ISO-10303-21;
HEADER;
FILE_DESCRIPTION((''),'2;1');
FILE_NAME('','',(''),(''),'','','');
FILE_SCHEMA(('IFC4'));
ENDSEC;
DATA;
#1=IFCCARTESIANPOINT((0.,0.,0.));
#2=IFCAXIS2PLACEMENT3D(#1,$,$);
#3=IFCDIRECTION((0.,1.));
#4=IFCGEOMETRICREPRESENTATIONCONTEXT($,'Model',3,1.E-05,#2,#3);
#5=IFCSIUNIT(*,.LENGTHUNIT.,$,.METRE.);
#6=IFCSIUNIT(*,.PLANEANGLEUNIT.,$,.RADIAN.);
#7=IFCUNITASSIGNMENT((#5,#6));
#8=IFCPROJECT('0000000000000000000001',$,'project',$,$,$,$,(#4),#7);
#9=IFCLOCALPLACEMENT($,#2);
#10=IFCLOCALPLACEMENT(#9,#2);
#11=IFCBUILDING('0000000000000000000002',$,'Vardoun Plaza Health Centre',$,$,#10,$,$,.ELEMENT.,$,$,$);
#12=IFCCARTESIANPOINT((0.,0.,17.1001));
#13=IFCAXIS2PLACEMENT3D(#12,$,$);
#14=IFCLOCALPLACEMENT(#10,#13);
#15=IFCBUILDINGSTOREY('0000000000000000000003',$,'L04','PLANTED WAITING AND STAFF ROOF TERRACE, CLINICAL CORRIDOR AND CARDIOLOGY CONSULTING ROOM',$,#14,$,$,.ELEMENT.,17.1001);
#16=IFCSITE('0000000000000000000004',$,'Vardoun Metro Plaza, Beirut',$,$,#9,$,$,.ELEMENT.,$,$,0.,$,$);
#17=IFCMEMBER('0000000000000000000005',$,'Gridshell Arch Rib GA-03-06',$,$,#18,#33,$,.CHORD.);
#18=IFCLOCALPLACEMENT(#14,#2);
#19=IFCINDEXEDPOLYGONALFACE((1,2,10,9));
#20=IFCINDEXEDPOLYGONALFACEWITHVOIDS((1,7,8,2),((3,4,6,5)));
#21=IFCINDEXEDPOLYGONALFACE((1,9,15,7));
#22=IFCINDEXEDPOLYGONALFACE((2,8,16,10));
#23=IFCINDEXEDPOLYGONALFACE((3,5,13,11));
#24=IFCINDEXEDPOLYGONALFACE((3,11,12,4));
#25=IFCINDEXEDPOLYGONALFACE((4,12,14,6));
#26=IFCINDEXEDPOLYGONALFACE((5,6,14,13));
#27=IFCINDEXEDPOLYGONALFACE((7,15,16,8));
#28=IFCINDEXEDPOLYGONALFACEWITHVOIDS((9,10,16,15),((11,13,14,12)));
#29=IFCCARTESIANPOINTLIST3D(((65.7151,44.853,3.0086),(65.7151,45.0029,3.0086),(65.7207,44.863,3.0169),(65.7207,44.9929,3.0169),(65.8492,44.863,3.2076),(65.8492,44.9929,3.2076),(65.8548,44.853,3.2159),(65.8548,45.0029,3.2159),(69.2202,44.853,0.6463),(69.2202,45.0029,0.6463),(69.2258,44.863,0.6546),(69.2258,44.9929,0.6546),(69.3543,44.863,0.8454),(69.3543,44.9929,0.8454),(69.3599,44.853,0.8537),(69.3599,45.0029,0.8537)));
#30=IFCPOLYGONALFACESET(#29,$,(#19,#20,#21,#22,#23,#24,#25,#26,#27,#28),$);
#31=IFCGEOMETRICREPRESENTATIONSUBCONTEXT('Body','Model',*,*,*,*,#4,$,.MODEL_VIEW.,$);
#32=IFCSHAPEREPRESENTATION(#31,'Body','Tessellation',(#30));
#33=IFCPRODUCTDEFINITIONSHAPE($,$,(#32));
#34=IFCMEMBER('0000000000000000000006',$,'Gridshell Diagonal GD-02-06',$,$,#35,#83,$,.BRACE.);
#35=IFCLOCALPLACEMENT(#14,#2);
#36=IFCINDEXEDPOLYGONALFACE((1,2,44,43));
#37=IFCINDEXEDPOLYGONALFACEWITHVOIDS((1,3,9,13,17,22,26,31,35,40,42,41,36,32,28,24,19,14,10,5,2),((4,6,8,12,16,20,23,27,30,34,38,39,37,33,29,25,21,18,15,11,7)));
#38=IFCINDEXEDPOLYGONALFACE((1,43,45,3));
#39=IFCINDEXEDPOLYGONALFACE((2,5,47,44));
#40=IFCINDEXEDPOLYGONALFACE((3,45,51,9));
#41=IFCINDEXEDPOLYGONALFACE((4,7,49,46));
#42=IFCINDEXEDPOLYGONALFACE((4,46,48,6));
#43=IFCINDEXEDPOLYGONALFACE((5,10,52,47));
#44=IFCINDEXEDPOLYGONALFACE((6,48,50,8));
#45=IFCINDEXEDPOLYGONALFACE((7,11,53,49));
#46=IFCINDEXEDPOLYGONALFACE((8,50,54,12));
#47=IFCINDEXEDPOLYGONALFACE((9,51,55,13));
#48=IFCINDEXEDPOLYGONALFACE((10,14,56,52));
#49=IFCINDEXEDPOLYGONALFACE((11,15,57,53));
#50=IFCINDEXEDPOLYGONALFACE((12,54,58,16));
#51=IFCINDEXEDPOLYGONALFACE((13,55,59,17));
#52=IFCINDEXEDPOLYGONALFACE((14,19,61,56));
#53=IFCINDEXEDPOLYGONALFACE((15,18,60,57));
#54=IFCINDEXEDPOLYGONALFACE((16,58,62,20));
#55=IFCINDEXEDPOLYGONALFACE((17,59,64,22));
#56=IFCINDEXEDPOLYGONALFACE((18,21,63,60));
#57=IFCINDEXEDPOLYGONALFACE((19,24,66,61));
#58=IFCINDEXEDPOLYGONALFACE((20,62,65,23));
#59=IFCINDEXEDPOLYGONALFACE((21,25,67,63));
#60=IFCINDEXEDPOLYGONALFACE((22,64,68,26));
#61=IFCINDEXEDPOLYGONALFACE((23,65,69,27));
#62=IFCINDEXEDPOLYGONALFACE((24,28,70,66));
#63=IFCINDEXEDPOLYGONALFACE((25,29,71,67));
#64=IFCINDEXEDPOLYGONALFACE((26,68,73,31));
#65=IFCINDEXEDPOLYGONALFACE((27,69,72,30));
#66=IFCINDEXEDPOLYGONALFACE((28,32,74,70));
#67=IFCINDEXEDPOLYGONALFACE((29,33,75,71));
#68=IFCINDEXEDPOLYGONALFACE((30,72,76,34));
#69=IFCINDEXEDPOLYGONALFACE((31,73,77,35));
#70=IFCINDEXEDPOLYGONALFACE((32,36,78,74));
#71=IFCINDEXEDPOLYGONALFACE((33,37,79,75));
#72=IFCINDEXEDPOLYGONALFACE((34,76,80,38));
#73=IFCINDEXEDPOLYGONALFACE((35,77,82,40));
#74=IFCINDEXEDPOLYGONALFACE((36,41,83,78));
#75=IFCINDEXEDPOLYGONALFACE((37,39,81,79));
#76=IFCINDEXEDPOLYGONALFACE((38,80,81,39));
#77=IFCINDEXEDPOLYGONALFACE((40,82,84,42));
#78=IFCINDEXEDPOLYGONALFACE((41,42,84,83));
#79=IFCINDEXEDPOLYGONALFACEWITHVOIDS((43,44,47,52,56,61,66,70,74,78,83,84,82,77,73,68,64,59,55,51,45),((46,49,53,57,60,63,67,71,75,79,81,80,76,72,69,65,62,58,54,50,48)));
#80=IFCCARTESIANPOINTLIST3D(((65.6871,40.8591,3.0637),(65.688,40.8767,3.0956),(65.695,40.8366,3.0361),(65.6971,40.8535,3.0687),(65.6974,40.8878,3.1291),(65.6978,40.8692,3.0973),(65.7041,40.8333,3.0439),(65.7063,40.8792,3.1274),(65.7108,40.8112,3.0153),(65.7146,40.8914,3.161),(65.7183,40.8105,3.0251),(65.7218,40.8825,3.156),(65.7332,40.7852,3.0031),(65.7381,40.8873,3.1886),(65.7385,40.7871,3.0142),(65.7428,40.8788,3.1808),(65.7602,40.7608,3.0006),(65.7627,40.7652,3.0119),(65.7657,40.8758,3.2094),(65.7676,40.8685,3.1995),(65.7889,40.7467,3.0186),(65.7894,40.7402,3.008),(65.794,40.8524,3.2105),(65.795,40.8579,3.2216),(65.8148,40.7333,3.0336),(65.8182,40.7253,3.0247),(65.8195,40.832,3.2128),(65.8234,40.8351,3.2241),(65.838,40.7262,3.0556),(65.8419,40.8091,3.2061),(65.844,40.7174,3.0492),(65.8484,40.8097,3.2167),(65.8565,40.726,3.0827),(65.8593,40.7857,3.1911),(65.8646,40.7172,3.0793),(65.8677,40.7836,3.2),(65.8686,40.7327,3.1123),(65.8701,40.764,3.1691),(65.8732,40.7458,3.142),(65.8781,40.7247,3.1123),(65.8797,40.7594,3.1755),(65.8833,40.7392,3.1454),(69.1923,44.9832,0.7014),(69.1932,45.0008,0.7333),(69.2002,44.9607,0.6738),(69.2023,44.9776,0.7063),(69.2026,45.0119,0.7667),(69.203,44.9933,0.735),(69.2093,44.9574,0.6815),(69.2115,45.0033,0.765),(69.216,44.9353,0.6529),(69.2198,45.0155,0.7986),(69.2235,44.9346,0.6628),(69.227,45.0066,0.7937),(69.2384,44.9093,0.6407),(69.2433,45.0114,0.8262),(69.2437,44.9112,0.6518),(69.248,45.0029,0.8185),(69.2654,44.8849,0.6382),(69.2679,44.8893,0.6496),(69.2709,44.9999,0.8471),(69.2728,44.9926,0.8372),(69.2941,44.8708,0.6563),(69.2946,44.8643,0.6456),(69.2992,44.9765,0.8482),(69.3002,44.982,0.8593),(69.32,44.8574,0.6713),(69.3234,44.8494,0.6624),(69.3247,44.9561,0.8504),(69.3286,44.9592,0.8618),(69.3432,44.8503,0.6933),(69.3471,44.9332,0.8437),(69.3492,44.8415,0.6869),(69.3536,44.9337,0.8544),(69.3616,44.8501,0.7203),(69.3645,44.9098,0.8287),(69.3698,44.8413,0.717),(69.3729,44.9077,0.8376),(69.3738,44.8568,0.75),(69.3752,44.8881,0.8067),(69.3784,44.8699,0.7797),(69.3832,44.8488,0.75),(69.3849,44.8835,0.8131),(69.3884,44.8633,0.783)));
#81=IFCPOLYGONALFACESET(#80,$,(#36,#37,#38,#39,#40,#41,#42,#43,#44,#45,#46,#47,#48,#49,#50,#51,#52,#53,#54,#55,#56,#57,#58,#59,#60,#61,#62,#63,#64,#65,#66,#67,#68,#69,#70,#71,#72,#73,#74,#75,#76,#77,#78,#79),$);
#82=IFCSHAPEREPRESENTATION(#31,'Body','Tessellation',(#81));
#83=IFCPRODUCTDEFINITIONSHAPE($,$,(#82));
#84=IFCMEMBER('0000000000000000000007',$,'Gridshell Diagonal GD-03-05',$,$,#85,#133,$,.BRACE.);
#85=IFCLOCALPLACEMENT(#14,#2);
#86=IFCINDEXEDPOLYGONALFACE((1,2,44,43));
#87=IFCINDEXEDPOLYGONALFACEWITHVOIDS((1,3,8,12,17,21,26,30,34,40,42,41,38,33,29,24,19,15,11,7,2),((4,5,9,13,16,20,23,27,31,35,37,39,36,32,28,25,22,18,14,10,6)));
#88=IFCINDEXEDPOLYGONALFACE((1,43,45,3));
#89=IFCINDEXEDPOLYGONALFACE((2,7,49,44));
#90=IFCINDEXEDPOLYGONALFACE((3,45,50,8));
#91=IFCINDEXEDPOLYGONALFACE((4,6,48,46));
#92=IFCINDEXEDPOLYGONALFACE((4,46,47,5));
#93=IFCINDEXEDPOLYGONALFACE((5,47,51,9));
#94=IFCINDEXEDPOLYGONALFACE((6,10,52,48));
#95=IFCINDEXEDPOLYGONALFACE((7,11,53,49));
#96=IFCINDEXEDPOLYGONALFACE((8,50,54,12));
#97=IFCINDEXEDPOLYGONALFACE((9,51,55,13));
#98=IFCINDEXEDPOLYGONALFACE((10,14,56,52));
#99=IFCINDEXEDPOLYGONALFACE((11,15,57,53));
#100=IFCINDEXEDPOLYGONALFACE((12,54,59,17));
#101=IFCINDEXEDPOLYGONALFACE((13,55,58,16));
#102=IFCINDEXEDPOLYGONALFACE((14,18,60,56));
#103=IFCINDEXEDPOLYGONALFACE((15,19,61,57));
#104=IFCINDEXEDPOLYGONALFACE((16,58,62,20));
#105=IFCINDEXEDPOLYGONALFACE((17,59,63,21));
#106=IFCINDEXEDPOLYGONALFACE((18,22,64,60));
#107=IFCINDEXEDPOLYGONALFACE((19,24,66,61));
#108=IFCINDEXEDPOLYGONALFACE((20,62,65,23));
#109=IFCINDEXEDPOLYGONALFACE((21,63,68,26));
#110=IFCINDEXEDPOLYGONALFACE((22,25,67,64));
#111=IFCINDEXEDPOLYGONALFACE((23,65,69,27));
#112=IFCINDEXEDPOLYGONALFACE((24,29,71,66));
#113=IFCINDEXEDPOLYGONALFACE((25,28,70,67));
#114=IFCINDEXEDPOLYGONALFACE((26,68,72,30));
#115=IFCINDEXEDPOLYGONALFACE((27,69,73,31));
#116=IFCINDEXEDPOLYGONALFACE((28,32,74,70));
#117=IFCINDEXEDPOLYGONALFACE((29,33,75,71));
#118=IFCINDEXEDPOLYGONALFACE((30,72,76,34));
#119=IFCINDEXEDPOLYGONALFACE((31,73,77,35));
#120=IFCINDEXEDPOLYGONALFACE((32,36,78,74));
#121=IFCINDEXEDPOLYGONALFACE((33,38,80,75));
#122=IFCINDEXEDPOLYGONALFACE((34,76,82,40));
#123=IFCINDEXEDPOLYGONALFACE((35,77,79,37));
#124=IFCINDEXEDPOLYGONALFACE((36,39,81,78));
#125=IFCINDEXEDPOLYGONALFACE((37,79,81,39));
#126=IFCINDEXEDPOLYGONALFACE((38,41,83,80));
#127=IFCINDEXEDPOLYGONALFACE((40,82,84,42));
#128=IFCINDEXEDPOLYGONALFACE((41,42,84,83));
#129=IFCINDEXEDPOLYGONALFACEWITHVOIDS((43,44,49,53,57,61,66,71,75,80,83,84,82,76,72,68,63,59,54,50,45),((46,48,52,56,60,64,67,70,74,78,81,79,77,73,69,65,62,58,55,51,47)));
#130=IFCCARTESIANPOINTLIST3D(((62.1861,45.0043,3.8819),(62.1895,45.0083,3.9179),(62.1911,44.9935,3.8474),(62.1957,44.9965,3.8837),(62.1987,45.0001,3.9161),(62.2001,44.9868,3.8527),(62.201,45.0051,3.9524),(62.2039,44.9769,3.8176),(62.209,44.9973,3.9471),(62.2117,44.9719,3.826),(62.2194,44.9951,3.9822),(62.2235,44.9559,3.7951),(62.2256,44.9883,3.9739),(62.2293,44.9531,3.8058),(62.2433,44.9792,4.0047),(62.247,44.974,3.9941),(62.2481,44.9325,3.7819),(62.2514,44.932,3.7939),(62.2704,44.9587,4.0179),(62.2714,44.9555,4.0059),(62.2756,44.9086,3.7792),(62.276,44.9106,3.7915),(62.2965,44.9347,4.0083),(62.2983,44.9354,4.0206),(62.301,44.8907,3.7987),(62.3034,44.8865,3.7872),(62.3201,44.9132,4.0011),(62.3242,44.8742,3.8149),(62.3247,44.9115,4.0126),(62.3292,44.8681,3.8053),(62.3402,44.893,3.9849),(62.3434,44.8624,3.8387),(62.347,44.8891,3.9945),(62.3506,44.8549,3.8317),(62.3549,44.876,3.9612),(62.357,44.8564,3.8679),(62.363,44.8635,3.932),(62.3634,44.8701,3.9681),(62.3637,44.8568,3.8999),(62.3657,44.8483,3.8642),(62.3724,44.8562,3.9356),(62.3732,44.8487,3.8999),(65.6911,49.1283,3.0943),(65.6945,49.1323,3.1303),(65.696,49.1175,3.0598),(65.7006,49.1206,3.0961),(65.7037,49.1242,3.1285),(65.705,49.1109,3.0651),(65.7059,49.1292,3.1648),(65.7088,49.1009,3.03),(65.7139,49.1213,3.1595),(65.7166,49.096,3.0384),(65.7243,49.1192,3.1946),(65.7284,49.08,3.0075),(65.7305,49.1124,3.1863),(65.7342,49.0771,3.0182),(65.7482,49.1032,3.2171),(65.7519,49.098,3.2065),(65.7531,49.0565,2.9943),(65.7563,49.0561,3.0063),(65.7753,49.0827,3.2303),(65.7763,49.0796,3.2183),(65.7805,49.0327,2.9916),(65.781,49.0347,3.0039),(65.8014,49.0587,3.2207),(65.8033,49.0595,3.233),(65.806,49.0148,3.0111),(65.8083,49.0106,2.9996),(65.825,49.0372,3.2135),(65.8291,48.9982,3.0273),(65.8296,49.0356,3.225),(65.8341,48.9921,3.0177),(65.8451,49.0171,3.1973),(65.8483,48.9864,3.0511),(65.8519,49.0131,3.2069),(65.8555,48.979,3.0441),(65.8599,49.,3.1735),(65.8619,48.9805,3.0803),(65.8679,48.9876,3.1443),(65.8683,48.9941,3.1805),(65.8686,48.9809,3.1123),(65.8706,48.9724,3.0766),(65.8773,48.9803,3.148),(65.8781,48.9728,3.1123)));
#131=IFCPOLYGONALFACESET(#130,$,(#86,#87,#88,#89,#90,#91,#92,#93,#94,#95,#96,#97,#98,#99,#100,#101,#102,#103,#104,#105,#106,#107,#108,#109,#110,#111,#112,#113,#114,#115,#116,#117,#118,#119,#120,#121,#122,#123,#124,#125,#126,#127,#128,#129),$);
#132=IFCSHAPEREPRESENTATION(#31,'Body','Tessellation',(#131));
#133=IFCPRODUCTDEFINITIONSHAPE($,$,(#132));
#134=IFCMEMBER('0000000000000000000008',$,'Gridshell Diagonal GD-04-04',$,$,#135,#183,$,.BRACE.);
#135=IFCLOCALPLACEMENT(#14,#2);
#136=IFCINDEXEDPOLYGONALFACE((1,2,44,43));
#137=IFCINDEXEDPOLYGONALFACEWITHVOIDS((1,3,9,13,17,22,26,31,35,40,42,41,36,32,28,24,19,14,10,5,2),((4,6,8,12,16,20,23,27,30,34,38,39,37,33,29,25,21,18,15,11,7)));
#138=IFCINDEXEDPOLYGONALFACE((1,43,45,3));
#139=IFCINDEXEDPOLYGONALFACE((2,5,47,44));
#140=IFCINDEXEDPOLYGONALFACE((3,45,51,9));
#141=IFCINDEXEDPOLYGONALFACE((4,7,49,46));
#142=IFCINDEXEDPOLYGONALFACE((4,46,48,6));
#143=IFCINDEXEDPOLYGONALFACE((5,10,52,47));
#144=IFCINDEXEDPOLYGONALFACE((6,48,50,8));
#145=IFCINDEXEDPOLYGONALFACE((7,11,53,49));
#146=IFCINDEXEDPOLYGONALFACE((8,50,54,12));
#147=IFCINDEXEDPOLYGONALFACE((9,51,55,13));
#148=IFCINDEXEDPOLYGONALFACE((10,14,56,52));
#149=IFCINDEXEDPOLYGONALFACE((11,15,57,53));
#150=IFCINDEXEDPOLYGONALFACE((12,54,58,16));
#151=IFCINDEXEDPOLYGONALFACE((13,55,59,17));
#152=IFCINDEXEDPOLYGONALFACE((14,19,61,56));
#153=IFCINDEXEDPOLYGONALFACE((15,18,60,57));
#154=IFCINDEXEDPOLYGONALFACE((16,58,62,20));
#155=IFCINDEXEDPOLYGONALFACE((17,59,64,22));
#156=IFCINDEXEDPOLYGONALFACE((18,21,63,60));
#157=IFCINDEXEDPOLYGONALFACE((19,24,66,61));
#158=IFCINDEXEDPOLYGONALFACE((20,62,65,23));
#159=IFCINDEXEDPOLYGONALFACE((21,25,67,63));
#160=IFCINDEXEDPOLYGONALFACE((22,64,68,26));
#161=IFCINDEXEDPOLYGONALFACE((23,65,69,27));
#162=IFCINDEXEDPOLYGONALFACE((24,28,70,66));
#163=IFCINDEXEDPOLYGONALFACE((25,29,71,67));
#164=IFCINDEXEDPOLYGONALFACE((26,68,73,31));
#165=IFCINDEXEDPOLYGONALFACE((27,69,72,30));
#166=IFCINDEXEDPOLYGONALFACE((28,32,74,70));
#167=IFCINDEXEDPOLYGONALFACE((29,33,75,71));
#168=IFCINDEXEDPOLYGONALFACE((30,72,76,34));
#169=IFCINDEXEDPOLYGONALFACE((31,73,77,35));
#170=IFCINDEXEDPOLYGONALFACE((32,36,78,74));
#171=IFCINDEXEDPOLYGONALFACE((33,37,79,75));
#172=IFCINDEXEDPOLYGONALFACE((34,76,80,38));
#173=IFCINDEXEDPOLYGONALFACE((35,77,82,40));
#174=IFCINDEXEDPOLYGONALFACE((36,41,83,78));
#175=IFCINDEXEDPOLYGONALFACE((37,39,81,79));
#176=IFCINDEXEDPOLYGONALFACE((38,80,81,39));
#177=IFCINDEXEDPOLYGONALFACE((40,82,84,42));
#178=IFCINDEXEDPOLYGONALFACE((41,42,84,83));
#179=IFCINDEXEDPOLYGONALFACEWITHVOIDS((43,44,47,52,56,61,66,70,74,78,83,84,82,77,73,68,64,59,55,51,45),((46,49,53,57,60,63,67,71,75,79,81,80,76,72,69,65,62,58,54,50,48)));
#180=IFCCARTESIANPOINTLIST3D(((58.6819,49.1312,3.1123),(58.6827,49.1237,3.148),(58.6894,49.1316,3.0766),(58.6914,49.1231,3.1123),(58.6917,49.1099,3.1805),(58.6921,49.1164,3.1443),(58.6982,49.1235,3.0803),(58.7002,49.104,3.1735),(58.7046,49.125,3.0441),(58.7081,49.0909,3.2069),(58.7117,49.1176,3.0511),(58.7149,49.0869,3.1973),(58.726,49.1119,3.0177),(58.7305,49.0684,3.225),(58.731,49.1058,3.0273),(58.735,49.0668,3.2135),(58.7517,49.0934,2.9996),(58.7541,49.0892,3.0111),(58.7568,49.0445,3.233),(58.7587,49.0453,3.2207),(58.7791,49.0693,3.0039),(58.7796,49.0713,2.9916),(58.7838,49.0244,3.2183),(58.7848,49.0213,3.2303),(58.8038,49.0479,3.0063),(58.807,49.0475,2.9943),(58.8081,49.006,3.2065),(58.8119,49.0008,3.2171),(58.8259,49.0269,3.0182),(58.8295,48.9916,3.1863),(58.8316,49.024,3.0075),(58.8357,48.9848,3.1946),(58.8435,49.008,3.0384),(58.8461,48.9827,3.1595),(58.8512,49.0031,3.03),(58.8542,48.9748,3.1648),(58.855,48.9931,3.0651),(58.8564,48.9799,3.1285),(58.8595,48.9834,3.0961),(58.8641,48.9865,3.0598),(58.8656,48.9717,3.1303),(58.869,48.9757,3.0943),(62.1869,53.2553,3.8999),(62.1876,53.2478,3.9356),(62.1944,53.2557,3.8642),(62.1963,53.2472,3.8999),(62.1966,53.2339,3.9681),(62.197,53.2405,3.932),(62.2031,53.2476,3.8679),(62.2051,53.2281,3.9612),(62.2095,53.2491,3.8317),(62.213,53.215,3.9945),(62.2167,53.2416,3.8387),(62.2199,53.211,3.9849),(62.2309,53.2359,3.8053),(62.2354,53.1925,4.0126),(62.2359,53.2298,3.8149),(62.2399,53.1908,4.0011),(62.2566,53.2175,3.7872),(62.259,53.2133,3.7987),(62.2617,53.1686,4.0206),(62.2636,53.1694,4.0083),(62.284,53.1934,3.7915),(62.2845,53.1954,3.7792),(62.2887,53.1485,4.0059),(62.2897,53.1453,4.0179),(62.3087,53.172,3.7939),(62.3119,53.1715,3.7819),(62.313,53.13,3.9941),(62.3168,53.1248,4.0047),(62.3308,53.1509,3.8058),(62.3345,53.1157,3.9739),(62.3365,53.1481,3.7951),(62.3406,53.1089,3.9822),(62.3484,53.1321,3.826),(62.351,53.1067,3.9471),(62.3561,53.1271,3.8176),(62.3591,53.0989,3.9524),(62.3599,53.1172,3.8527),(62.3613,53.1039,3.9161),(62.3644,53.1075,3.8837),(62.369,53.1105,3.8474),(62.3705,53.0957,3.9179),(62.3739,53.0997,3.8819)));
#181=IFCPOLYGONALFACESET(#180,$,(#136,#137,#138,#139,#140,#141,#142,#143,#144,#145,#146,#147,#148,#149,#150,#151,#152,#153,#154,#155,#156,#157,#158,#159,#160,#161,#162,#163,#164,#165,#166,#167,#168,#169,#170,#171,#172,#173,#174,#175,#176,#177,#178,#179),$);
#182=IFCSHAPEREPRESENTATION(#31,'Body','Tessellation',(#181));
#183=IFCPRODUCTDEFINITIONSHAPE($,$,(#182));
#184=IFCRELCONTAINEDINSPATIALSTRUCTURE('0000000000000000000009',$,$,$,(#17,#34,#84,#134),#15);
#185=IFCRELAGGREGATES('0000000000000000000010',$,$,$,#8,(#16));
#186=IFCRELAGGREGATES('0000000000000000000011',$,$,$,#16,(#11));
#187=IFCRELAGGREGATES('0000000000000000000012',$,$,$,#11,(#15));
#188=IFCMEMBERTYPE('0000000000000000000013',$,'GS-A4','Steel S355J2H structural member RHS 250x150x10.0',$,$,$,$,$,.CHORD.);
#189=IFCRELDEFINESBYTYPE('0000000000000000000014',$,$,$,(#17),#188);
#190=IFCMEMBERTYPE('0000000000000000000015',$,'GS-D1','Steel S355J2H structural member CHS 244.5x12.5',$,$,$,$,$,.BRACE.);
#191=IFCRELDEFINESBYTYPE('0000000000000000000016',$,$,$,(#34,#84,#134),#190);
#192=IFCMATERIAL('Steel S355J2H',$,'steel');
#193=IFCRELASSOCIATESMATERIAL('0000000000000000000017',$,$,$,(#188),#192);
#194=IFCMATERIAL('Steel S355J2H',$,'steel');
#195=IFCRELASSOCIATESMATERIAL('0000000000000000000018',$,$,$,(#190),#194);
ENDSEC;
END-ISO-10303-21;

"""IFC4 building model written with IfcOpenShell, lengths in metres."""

from ifc_helpers import new_model, si_unit, direction, frame, origin, origin_2d, place, context, subcontext, project, spatial, hollow_rectangle, hollow_circle, extrude, material, material_profile, profile_set, type_object, element, save


model = new_model("IFC4")

# Units and contexts
model_context = context("Model", 3, precision=1e-05, world=origin(), true_north=direction((0.0, 1.0)))
body_context = subcontext(model_context, "Body", "Model", "MODEL_VIEW")
ifc_project = project(units=[si_unit("LENGTHUNIT", "METRE"), si_unit("PLANEANGLEUNIT", "RADIAN")], contexts=[model_context])

# Site, building, storey
site_placement = place(None, origin())
site = spatial("IfcSite", under=ifc_project, at=site_placement, Name="Vardoun Metro Plaza, Beirut", CompositionType="ELEMENT", RefElevation=0.0)
building_placement = place(site_placement, origin())
building = spatial("IfcBuilding", under=site, at=building_placement, Name="Vardoun Plaza Health Centre", CompositionType="ELEMENT")
storey_placement = place(building_placement, frame((0.0, 0.0, 17.1001)))
storey = spatial("IfcBuildingStorey", under=building, at=storey_placement, Name="L04", Description="PLANTED WAITING AND STAFF ROOF TERRACE, CLINICAL CORRIDOR AND CARDIOLOGY CONSULTING ROOM", CompositionType="ELEMENT", Elevation=17.1001)

# Members
ifc_material_1 = material(Name="Steel S355J2H", Category="steel")
ifc_material_profile_1 = material_profile(ifc_material_1, hollow_rectangle(XDim=0.1499, YDim=0.25, WallThickness=0.01, at=origin_2d()), Name="RHS 250x150x10.0")
ifc_profile_set_1 = profile_set([ifc_material_profile_1], Name="Steel S355J2H")
member_type_1 = type_object("IfcMemberType", Name="GS-A4", Description="Steel S355J2H structural member RHS 250x150x10.0", PredefinedType="CHORD", material=ifc_profile_set_1)
for number, where, z_axis, x_axis, name in (
    (1, (69.29, 44.928, 0.75), (-0.82925, 0.0, 0.558879), (0.0, -1.0, 0.0), "Gridshell Arch Rib GA-03-06"),
):
    element("IfcMember", number, at=place(storey_placement, frame(where, z_axis=z_axis, x_axis=x_axis)), inside=storey, type_object=member_type_1, Name=name, PredefinedType="CHORD", context=body_context, shape_type="SweptSolid", body=[
        extrude(hollow_rectangle(XDim=0.1499, YDim=0.25, WallThickness=0.01, at=origin_2d()), origin(), (0.0, 0.0, 1.0), 4.2268),
    ])
ifc_material_2 = material(Name="Steel S355J2H", Category="steel")
ifc_material_profile_2 = material_profile(ifc_material_2, hollow_circle(Radius=0.1223, WallThickness=0.0125, at=origin_2d()), Name="CHS 244.5x12.5")
ifc_profile_set_2 = profile_set([ifc_material_profile_2], Name="Steel S355J2H")
member_type_2 = type_object("IfcMemberType", Name="GS-D1", Description="Steel S355J2H structural member CHS 244.5x12.5", PredefinedType="BRACE", material=ifc_profile_set_2)
member_1_placement = place(storey_placement, frame((69.29, 44.928, 0.75), z_axis=(-0.593544, -0.698346, 0.400023), x_axis=(0.761966, -0.647617, 0.0)))
element("IfcMember", 2, at=member_1_placement, inside=storey, type_object=member_type_2, Name="Gridshell Diagonal GD-02-06", PredefinedType="BRACE", context=body_context, shape_type="SweptSolid", body=[
    extrude(hollow_circle(Radius=0.1223, WallThickness=0.0125, at=origin_2d()), origin(), (0.0, 0.0, 1.0), 5.9055),
])
for number, where, z_axis, x_axis, name in (
    (3, (65.7849, 49.052, 3.1123), (-0.640841, -0.754046, 0.144006), (0.761988, -0.647591, 0.0), "Gridshell Diagonal GD-03-05"),
    (4, (58.7751, 49.052, 3.1123), (0.640841, 0.754046, 0.144006), (-0.761988, 0.647591, 0.0), "Gridshell Diagonal GD-04-04"),
):
    element("IfcMember", number, at=place(storey_placement, frame(where, z_axis=z_axis, x_axis=x_axis)), inside=storey, type_object=member_type_2, Name=name, PredefinedType="BRACE", context=body_context, shape_type="SweptSolid", body=[
        extrude(hollow_circle(Radius=0.1223, WallThickness=0.0125, at=origin_2d()), origin(), (0.0, 0.0, 1.0), 5.4692),
    ])

save(model, "model.ifc")
